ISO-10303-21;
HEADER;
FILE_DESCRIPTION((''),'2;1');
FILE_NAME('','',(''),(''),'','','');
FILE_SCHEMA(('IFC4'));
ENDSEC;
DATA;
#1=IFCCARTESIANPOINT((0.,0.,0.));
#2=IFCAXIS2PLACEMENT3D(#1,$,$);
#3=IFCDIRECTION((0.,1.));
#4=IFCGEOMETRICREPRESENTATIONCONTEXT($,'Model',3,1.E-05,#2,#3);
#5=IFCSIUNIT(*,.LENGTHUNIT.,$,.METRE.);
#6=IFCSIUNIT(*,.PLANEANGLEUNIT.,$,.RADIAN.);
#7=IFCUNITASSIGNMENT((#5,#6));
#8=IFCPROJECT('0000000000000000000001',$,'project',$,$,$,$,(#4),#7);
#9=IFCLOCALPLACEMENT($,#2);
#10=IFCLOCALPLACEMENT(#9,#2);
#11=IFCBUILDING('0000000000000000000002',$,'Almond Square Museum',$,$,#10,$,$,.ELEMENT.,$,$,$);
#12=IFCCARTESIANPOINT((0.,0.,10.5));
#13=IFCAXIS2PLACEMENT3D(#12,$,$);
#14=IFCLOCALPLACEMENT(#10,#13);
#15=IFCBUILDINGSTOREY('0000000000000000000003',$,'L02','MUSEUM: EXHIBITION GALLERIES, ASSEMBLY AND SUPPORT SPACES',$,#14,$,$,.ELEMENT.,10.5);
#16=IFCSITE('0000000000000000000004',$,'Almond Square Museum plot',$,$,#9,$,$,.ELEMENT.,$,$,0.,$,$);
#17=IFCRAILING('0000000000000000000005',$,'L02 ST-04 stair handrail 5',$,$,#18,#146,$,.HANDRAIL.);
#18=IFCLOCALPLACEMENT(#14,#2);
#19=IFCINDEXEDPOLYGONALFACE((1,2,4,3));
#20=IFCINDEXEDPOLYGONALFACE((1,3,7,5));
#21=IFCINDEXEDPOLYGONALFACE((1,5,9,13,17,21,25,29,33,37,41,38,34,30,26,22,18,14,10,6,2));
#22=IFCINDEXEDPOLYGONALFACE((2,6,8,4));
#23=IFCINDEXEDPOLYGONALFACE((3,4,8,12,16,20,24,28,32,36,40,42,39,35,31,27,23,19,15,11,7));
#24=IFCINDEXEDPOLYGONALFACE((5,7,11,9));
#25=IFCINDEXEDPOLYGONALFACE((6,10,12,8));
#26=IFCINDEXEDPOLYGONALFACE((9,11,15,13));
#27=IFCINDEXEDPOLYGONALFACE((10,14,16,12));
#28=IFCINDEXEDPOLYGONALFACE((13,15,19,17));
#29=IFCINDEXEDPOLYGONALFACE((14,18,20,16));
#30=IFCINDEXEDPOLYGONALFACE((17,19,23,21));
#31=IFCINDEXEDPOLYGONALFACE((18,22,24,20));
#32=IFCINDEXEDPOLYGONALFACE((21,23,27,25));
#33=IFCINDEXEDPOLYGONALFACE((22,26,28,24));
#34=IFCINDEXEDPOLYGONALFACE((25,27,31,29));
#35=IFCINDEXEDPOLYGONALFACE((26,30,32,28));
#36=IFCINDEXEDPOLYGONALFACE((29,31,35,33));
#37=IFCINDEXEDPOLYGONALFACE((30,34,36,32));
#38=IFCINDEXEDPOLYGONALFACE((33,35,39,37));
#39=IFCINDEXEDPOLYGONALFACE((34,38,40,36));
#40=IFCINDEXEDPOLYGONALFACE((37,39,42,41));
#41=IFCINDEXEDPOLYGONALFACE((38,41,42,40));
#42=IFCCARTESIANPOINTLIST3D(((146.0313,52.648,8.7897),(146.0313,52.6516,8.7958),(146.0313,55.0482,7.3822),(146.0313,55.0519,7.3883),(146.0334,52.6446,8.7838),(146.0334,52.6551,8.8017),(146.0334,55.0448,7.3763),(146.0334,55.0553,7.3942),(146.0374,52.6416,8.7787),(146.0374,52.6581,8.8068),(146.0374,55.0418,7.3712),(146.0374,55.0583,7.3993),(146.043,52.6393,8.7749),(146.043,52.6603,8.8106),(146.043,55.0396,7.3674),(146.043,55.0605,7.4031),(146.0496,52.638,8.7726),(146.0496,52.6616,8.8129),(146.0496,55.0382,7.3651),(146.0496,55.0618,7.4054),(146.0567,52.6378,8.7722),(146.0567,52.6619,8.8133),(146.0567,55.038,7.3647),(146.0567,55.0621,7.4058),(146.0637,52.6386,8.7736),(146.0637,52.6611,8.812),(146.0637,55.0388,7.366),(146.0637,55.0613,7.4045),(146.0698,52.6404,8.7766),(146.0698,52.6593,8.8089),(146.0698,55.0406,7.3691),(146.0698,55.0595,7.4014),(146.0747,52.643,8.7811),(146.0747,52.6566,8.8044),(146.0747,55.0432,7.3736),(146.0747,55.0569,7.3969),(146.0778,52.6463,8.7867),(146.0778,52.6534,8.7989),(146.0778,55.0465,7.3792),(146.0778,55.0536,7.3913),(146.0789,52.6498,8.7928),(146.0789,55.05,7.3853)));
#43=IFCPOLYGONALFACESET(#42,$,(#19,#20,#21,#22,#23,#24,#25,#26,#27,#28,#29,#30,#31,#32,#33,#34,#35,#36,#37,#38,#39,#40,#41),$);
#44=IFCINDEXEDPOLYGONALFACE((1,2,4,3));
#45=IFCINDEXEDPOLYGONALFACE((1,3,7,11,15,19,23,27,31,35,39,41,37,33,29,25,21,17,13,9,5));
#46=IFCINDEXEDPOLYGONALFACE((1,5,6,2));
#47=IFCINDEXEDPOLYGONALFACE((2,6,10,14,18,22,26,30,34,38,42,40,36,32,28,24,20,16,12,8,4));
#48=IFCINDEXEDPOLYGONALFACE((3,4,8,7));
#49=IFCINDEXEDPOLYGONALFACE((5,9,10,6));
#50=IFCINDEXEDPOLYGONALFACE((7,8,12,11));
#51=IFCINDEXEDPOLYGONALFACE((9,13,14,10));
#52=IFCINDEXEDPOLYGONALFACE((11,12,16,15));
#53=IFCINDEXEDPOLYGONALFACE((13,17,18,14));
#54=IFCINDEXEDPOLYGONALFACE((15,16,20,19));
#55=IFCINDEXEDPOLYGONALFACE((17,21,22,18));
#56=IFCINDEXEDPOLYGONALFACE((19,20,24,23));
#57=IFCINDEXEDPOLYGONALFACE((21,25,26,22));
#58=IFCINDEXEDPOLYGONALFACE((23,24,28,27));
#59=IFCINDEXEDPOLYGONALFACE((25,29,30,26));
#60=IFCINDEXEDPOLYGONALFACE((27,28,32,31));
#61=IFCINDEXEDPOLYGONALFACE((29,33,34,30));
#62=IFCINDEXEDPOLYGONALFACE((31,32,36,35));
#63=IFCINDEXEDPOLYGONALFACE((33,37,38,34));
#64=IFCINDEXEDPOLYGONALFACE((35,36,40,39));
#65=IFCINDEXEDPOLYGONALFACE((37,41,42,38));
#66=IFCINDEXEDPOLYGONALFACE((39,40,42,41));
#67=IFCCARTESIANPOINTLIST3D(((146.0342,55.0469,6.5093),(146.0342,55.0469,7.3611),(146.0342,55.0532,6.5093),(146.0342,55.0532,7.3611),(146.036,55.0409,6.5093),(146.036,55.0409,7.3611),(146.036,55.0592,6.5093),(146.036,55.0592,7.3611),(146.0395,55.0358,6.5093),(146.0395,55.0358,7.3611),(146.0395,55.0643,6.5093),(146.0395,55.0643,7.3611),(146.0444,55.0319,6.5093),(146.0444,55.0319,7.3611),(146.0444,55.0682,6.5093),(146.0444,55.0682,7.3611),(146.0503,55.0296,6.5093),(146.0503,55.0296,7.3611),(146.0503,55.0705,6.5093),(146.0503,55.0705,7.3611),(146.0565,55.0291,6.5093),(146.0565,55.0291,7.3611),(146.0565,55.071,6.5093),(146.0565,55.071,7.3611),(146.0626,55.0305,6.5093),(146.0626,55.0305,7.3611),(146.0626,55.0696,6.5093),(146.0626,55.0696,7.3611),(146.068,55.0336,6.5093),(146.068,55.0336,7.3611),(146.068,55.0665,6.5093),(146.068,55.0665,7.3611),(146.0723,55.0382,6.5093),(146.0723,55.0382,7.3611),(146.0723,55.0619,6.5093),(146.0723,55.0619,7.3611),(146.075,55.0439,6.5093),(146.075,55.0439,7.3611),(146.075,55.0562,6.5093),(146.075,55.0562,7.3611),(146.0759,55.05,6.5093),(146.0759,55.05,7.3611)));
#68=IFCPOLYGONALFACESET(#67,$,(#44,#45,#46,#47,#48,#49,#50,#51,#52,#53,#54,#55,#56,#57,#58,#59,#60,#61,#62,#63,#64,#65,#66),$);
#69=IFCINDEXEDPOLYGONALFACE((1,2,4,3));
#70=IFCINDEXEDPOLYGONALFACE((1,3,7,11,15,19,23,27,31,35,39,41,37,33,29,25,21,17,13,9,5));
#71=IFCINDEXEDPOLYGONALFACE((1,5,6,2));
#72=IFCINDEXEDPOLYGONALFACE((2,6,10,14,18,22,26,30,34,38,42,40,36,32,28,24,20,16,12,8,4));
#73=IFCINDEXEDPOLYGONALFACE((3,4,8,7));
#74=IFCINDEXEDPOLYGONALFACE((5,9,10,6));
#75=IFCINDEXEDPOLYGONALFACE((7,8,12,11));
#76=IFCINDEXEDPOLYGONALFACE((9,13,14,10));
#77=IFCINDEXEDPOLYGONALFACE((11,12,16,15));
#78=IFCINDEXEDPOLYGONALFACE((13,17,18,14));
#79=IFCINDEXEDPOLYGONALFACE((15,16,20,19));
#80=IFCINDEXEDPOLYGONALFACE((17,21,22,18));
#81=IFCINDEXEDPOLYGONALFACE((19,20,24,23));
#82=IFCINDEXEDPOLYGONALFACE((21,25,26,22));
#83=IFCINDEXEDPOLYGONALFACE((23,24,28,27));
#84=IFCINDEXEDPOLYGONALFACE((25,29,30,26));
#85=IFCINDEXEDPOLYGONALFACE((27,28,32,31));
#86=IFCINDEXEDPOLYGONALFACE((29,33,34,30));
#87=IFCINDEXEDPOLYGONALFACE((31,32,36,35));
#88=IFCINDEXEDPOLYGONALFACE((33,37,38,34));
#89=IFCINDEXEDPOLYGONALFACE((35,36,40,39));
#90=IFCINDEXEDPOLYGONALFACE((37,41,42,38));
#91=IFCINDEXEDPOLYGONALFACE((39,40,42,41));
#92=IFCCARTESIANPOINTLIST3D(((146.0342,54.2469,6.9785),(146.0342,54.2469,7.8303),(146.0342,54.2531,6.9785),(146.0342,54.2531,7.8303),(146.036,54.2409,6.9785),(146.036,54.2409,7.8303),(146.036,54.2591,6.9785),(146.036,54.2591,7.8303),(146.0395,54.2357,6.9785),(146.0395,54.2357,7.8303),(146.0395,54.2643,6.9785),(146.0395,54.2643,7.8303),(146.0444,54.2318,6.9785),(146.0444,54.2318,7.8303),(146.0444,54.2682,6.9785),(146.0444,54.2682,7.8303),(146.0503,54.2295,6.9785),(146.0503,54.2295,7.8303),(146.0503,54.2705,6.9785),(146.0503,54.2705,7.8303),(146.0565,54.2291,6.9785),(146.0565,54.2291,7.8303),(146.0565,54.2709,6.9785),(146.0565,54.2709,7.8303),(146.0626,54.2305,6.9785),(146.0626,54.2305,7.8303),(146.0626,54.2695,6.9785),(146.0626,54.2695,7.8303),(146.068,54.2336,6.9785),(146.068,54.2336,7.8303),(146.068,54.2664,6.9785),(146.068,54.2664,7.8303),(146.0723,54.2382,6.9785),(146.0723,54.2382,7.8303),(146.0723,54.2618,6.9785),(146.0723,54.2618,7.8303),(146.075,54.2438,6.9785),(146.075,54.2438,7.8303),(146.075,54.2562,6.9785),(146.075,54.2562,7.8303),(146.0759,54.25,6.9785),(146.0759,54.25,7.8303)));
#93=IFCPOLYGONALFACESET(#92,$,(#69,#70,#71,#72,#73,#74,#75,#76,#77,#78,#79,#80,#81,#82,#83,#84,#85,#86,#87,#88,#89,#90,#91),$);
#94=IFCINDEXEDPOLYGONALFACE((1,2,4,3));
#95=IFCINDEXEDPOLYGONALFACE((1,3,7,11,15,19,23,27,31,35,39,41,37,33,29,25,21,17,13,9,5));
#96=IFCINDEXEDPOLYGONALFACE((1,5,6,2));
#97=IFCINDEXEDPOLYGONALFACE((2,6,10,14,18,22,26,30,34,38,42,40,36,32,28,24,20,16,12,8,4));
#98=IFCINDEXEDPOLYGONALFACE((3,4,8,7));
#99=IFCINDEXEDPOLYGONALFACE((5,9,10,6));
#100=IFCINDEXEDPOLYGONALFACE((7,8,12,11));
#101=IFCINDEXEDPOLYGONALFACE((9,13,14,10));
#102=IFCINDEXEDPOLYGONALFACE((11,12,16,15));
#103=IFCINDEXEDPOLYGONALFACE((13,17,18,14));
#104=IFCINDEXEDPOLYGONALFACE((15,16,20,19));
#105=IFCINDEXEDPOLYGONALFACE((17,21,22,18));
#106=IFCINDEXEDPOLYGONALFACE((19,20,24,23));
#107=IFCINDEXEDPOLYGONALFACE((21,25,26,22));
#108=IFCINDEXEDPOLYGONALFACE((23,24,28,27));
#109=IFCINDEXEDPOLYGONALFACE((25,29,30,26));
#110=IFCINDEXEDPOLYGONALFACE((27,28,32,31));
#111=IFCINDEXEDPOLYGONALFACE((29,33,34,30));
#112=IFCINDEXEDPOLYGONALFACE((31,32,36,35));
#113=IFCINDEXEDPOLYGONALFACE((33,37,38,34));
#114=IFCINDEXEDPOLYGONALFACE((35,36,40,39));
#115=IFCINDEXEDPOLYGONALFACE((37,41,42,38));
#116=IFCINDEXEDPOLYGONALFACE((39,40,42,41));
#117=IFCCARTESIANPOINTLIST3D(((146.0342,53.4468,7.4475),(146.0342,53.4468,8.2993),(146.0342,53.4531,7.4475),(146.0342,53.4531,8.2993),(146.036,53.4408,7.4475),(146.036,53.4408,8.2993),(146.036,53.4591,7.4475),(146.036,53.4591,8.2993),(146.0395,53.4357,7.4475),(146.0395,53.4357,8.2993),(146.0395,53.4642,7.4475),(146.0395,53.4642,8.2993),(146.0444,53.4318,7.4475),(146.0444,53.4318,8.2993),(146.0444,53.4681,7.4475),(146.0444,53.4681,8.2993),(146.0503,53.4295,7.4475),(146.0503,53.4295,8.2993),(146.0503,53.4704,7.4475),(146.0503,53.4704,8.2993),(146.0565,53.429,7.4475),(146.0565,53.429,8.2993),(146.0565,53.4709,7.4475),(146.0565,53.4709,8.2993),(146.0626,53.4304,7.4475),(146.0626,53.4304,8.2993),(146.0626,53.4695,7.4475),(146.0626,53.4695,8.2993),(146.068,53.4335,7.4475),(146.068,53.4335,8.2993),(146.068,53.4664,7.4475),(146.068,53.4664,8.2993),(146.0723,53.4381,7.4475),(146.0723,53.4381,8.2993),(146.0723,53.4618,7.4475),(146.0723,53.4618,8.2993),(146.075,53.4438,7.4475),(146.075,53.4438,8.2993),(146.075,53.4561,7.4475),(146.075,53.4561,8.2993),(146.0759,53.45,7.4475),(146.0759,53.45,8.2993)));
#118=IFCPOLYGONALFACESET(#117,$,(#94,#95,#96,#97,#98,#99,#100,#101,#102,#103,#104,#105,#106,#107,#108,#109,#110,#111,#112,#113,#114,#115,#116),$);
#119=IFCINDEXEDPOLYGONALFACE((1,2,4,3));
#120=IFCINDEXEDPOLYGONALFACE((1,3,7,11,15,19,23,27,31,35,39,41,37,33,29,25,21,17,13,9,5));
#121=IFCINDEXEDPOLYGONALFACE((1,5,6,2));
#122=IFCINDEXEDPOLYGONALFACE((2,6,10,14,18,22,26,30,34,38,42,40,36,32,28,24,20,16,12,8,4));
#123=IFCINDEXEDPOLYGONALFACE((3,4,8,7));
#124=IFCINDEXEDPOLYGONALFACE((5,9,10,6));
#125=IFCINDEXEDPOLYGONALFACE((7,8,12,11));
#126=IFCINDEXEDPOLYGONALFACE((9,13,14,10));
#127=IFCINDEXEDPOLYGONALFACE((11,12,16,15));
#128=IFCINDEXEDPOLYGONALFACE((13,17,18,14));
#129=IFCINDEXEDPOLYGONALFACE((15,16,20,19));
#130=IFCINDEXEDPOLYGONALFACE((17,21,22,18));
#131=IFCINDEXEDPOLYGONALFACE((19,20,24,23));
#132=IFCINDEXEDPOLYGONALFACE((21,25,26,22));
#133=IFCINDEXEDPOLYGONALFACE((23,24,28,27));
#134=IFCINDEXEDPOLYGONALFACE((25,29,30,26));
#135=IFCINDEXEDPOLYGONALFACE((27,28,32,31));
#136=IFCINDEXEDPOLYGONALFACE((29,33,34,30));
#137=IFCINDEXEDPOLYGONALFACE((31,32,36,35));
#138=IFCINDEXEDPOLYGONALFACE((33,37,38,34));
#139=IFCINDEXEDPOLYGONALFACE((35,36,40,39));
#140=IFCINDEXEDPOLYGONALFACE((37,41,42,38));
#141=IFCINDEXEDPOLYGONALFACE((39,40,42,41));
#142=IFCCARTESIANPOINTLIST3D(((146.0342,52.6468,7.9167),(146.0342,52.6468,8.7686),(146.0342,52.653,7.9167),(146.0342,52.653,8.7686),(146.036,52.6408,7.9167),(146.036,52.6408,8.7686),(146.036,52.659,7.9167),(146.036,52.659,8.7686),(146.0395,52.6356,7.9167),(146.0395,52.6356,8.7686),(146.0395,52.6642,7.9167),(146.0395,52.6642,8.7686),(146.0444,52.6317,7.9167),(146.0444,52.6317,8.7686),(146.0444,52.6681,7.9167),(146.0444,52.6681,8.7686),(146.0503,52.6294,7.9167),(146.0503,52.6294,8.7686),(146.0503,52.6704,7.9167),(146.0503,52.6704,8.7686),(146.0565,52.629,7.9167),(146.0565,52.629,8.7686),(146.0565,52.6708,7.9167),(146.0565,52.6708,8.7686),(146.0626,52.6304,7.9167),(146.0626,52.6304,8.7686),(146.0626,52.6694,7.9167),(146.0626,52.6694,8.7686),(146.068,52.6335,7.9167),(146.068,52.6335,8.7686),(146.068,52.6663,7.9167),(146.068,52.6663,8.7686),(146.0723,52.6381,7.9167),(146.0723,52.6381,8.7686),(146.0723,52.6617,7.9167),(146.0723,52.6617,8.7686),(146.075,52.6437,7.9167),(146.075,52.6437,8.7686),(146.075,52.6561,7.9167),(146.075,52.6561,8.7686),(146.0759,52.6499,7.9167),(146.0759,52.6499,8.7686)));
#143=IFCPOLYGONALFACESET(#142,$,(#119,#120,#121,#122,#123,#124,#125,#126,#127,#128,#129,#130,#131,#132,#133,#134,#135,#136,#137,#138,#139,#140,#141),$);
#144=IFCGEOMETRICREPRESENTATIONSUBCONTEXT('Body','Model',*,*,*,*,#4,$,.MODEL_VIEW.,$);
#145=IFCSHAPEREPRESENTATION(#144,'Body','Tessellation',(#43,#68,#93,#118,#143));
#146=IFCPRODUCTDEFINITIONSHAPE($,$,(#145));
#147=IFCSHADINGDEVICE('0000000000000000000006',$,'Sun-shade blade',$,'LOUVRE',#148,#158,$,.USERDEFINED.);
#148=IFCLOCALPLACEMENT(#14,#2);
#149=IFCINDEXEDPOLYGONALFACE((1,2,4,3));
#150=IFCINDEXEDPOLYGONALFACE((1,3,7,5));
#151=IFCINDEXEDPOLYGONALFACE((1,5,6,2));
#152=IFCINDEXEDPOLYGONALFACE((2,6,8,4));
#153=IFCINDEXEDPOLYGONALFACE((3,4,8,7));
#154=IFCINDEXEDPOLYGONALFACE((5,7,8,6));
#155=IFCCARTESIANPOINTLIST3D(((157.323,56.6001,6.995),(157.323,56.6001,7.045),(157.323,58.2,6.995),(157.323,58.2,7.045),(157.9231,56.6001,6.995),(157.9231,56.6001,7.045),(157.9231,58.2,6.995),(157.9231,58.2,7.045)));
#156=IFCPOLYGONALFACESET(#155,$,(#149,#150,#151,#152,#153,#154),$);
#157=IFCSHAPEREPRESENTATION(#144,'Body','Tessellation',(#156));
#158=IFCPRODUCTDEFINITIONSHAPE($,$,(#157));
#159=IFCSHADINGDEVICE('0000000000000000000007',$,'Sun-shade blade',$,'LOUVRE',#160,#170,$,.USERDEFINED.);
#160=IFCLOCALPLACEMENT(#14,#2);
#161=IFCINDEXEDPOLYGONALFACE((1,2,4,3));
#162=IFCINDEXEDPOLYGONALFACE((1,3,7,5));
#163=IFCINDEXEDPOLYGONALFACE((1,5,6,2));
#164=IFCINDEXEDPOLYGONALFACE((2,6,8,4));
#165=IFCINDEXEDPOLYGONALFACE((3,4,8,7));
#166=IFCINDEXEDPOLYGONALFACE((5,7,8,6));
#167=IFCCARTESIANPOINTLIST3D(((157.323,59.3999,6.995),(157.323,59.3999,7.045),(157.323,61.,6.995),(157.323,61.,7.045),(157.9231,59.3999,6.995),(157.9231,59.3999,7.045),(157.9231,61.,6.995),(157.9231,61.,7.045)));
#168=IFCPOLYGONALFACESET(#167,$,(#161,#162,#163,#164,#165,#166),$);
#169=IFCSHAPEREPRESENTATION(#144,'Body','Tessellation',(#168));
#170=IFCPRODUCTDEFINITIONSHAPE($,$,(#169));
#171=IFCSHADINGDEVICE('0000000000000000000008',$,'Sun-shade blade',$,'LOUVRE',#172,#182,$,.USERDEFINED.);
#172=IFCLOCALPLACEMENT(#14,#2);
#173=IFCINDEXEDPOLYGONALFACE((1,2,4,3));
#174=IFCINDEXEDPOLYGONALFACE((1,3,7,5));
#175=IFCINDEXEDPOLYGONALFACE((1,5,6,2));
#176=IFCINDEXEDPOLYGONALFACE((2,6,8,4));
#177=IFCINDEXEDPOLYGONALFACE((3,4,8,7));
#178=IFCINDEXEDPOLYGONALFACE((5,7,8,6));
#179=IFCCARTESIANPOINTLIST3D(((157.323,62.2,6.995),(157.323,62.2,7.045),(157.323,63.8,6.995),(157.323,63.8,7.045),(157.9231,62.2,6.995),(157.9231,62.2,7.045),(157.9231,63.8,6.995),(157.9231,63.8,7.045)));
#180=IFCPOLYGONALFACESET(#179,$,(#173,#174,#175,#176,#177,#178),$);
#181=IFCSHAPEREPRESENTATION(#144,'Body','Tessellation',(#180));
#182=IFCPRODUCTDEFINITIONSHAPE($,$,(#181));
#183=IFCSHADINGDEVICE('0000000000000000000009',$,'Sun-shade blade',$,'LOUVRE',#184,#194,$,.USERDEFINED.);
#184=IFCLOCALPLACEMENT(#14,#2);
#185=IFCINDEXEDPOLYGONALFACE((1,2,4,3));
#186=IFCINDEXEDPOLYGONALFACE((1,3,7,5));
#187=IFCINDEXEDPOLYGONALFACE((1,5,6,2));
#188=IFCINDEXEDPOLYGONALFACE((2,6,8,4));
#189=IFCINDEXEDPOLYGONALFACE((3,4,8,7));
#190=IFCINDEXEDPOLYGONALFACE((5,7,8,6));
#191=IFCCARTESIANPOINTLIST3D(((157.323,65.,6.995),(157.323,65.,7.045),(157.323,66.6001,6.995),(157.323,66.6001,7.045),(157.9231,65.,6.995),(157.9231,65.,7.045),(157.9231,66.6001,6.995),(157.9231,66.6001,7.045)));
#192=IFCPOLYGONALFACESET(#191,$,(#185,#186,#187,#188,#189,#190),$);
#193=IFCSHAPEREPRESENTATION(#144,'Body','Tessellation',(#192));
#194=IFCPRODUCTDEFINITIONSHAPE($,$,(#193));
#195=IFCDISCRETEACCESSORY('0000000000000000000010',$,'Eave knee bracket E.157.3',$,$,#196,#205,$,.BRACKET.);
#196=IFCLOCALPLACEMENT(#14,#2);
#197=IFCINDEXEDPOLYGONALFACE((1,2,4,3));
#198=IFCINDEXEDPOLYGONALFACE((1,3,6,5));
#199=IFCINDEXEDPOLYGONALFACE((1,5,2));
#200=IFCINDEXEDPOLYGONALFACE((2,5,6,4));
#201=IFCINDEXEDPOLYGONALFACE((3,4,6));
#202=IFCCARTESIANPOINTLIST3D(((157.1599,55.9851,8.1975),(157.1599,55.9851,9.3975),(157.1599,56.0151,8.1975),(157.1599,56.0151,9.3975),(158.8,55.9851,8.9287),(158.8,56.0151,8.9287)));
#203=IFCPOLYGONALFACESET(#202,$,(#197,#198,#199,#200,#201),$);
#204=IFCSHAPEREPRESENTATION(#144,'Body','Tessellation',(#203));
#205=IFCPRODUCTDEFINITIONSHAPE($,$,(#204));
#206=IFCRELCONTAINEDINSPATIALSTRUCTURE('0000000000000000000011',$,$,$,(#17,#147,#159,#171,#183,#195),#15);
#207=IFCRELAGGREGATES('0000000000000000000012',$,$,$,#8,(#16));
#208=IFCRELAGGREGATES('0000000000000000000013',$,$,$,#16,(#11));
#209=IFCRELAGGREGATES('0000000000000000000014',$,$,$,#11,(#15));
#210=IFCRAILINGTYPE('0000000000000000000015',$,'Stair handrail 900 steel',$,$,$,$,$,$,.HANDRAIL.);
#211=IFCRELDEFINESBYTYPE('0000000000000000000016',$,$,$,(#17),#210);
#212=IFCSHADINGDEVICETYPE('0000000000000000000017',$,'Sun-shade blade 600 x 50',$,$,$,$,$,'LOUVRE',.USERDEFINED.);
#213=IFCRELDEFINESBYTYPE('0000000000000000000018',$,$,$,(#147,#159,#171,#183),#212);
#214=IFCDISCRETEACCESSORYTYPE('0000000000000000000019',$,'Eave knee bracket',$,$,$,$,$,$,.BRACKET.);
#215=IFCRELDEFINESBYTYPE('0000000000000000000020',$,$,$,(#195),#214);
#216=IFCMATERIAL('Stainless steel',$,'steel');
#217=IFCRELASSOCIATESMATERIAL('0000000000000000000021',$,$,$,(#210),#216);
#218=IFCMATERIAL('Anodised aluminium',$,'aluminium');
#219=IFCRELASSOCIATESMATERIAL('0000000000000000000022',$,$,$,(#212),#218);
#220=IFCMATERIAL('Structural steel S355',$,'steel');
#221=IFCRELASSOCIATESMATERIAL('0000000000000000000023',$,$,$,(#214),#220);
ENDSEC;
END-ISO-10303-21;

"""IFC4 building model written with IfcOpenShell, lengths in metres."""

from ifc_helpers import new_model, si_unit, direction, frame, origin, origin_2d, place, context, subcontext, project, spatial, polyline, rectangle, circle, outline, extrude, material, material_profile, profile_set, type_object, element, save


model = new_model("IFC4")

# Units and contexts
model_context = context("Model", 3, precision=1e-05, world=origin(), true_north=direction((0.0, 1.0)))
body_context = subcontext(model_context, "Body", "Model", "MODEL_VIEW")
ifc_project = project(units=[si_unit("LENGTHUNIT", "METRE"), si_unit("PLANEANGLEUNIT", "RADIAN")], contexts=[model_context])

# Site, building, storey
site_placement = place(None, origin())
site = spatial("IfcSite", under=ifc_project, at=site_placement, Name="Almond Square Museum plot", CompositionType="ELEMENT", RefElevation=0.0)
building_placement = place(site_placement, origin())
building = spatial("IfcBuilding", under=site, at=building_placement, Name="Almond Square Museum", CompositionType="ELEMENT")
storey_placement = place(building_placement, frame((0.0, 0.0, 10.5)))
storey = spatial("IfcBuildingStorey", under=building, at=storey_placement, Name="L02", Description="MUSEUM: EXHIBITION GALLERIES, ASSEMBLY AND SUPPORT SPACES", CompositionType="ELEMENT", Elevation=10.5)

# Railing
ifc_material_1 = material(Name="Stainless steel", Category="steel")
railing_type_1 = type_object("IfcRailingType", Name="Stair handrail 900 steel", PredefinedType="HANDRAIL", material=ifc_material_1)
for number, where, name in (
    (1, (146.0549, 55.05, 6.5093), "L02 ST-04 stair handrail 5"),
):
    element("IfcRailing", number, at=place(storey_placement, frame(where)), inside=storey, type_object=railing_type_1, Name=name, PredefinedType="HANDRAIL", context=body_context, shape_type="SweptSolid", body=[
        extrude(circle(Radius=0.0239, at=origin_2d()), frame((0.0, 0.0, 0.876), z_axis=(0.0, -0.862621, 0.50585), x_axis=(1.0, 0.0, 0.0)), (0.0, 0.0, 1.0), 2.7825),
        extrude(circle(Radius=0.021, at=origin_2d()), origin(), (0.0, 0.0, 1.0), 0.8518),
        extrude(circle(Radius=0.021, at=origin_2d()), frame((0.0, -0.8, 0.4692)), (0.0, 0.0, 1.0), 0.8518),
        extrude(circle(Radius=0.021, at=origin_2d()), frame((0.0, -1.6001, 0.9382)), (0.0, 0.0, 1.0), 0.8518),
        extrude(circle(Radius=0.021, at=origin_2d()), frame((0.0, -2.4001, 1.4075)), (0.0, 0.0, 1.0), 0.8518),
    ])

# Shading devices
ifc_material_2 = material(Name="Anodised aluminium", Category="aluminium")
ifc_material_profile_1 = material_profile(ifc_material_2, rectangle(XDim=0.6001, YDim=0.05, at=origin_2d()))
ifc_profile_set_1 = profile_set([ifc_material_profile_1], Name="Anodised aluminium")
shading_device_type = type_object("IfcShadingDeviceType", Name="Sun-shade blade 600 x 50", ElementType="LOUVRE", PredefinedType="USERDEFINED", material=ifc_profile_set_1)
shading_device_placement = place(storey_placement, frame((157.623, 56.6001, 7.02), z_axis=(0.0, 1.0, 0.0), x_axis=(-1.0, 0.0, 0.0)))
element("IfcShadingDevice", 2, at=shading_device_placement, inside=storey, type_object=shading_device_type, Name="Sun-shade blade", ObjectType="LOUVRE", PredefinedType="USERDEFINED", context=body_context, shape_type="SweptSolid", body=[
    extrude(rectangle(XDim=0.6001, YDim=0.05, at=origin_2d()), origin(), (0.0, 0.0, 1.0), 1.5999),
])
for number, where, z_axis, x_axis, name in (
    (3, (157.623, 59.3999, 7.02), (0.0, 1.0, 0.0), (-1.0, 0.0, 0.0), "Sun-shade blade"),
    (4, (157.623, 62.2, 7.02), (0.0, 1.0, 0.0), (-1.0, 0.0, 0.0), "Sun-shade blade"),
    (5, (157.623, 65.0, 7.02), (0.0, 1.0, 0.0), (-1.0, 0.0, 0.0), "Sun-shade blade"),
):
    element("IfcShadingDevice", number, at=place(storey_placement, frame(where, z_axis=z_axis, x_axis=x_axis)), inside=storey, type_object=shading_device_type, Name=name, ObjectType="LOUVRE", PredefinedType="USERDEFINED", context=body_context, shape_type="SweptSolid", body=[
        extrude(rectangle(XDim=0.6001, YDim=0.05, at=origin_2d()), origin(), (0.0, 0.0, 1.0), 1.6001),
    ])

# Discrete accessory
ifc_material_3 = material(Name="Structural steel S355", Category="steel")
discrete_accessory_type_1 = type_object("IfcDiscreteAccessoryType", Name="Eave knee bracket", PredefinedType="BRACKET", material=ifc_material_3)
discrete_accessory_placement = place(storey_placement, frame((157.1599, 56.0, 9.3975), z_axis=(0.0, -1.0, 0.0), x_axis=(0.0, 0.0, -1.0)))
element("IfcDiscreteAccessory", 6, at=discrete_accessory_placement, inside=storey, type_object=discrete_accessory_type_1, Name="Eave knee bracket E.157.3", PredefinedType="BRACKET", context=body_context, shape_type="SweptSolid", body=[
    extrude(outline(polyline([(0.0, 0.0), (1.2, 0.0), (0.4688, 1.6401), (0.0, 0.0)])), frame((0.0, 0.0, -0.0151)), (0.0, 0.0, 1.0), 0.03),
])

save(model, "model.ifc")
